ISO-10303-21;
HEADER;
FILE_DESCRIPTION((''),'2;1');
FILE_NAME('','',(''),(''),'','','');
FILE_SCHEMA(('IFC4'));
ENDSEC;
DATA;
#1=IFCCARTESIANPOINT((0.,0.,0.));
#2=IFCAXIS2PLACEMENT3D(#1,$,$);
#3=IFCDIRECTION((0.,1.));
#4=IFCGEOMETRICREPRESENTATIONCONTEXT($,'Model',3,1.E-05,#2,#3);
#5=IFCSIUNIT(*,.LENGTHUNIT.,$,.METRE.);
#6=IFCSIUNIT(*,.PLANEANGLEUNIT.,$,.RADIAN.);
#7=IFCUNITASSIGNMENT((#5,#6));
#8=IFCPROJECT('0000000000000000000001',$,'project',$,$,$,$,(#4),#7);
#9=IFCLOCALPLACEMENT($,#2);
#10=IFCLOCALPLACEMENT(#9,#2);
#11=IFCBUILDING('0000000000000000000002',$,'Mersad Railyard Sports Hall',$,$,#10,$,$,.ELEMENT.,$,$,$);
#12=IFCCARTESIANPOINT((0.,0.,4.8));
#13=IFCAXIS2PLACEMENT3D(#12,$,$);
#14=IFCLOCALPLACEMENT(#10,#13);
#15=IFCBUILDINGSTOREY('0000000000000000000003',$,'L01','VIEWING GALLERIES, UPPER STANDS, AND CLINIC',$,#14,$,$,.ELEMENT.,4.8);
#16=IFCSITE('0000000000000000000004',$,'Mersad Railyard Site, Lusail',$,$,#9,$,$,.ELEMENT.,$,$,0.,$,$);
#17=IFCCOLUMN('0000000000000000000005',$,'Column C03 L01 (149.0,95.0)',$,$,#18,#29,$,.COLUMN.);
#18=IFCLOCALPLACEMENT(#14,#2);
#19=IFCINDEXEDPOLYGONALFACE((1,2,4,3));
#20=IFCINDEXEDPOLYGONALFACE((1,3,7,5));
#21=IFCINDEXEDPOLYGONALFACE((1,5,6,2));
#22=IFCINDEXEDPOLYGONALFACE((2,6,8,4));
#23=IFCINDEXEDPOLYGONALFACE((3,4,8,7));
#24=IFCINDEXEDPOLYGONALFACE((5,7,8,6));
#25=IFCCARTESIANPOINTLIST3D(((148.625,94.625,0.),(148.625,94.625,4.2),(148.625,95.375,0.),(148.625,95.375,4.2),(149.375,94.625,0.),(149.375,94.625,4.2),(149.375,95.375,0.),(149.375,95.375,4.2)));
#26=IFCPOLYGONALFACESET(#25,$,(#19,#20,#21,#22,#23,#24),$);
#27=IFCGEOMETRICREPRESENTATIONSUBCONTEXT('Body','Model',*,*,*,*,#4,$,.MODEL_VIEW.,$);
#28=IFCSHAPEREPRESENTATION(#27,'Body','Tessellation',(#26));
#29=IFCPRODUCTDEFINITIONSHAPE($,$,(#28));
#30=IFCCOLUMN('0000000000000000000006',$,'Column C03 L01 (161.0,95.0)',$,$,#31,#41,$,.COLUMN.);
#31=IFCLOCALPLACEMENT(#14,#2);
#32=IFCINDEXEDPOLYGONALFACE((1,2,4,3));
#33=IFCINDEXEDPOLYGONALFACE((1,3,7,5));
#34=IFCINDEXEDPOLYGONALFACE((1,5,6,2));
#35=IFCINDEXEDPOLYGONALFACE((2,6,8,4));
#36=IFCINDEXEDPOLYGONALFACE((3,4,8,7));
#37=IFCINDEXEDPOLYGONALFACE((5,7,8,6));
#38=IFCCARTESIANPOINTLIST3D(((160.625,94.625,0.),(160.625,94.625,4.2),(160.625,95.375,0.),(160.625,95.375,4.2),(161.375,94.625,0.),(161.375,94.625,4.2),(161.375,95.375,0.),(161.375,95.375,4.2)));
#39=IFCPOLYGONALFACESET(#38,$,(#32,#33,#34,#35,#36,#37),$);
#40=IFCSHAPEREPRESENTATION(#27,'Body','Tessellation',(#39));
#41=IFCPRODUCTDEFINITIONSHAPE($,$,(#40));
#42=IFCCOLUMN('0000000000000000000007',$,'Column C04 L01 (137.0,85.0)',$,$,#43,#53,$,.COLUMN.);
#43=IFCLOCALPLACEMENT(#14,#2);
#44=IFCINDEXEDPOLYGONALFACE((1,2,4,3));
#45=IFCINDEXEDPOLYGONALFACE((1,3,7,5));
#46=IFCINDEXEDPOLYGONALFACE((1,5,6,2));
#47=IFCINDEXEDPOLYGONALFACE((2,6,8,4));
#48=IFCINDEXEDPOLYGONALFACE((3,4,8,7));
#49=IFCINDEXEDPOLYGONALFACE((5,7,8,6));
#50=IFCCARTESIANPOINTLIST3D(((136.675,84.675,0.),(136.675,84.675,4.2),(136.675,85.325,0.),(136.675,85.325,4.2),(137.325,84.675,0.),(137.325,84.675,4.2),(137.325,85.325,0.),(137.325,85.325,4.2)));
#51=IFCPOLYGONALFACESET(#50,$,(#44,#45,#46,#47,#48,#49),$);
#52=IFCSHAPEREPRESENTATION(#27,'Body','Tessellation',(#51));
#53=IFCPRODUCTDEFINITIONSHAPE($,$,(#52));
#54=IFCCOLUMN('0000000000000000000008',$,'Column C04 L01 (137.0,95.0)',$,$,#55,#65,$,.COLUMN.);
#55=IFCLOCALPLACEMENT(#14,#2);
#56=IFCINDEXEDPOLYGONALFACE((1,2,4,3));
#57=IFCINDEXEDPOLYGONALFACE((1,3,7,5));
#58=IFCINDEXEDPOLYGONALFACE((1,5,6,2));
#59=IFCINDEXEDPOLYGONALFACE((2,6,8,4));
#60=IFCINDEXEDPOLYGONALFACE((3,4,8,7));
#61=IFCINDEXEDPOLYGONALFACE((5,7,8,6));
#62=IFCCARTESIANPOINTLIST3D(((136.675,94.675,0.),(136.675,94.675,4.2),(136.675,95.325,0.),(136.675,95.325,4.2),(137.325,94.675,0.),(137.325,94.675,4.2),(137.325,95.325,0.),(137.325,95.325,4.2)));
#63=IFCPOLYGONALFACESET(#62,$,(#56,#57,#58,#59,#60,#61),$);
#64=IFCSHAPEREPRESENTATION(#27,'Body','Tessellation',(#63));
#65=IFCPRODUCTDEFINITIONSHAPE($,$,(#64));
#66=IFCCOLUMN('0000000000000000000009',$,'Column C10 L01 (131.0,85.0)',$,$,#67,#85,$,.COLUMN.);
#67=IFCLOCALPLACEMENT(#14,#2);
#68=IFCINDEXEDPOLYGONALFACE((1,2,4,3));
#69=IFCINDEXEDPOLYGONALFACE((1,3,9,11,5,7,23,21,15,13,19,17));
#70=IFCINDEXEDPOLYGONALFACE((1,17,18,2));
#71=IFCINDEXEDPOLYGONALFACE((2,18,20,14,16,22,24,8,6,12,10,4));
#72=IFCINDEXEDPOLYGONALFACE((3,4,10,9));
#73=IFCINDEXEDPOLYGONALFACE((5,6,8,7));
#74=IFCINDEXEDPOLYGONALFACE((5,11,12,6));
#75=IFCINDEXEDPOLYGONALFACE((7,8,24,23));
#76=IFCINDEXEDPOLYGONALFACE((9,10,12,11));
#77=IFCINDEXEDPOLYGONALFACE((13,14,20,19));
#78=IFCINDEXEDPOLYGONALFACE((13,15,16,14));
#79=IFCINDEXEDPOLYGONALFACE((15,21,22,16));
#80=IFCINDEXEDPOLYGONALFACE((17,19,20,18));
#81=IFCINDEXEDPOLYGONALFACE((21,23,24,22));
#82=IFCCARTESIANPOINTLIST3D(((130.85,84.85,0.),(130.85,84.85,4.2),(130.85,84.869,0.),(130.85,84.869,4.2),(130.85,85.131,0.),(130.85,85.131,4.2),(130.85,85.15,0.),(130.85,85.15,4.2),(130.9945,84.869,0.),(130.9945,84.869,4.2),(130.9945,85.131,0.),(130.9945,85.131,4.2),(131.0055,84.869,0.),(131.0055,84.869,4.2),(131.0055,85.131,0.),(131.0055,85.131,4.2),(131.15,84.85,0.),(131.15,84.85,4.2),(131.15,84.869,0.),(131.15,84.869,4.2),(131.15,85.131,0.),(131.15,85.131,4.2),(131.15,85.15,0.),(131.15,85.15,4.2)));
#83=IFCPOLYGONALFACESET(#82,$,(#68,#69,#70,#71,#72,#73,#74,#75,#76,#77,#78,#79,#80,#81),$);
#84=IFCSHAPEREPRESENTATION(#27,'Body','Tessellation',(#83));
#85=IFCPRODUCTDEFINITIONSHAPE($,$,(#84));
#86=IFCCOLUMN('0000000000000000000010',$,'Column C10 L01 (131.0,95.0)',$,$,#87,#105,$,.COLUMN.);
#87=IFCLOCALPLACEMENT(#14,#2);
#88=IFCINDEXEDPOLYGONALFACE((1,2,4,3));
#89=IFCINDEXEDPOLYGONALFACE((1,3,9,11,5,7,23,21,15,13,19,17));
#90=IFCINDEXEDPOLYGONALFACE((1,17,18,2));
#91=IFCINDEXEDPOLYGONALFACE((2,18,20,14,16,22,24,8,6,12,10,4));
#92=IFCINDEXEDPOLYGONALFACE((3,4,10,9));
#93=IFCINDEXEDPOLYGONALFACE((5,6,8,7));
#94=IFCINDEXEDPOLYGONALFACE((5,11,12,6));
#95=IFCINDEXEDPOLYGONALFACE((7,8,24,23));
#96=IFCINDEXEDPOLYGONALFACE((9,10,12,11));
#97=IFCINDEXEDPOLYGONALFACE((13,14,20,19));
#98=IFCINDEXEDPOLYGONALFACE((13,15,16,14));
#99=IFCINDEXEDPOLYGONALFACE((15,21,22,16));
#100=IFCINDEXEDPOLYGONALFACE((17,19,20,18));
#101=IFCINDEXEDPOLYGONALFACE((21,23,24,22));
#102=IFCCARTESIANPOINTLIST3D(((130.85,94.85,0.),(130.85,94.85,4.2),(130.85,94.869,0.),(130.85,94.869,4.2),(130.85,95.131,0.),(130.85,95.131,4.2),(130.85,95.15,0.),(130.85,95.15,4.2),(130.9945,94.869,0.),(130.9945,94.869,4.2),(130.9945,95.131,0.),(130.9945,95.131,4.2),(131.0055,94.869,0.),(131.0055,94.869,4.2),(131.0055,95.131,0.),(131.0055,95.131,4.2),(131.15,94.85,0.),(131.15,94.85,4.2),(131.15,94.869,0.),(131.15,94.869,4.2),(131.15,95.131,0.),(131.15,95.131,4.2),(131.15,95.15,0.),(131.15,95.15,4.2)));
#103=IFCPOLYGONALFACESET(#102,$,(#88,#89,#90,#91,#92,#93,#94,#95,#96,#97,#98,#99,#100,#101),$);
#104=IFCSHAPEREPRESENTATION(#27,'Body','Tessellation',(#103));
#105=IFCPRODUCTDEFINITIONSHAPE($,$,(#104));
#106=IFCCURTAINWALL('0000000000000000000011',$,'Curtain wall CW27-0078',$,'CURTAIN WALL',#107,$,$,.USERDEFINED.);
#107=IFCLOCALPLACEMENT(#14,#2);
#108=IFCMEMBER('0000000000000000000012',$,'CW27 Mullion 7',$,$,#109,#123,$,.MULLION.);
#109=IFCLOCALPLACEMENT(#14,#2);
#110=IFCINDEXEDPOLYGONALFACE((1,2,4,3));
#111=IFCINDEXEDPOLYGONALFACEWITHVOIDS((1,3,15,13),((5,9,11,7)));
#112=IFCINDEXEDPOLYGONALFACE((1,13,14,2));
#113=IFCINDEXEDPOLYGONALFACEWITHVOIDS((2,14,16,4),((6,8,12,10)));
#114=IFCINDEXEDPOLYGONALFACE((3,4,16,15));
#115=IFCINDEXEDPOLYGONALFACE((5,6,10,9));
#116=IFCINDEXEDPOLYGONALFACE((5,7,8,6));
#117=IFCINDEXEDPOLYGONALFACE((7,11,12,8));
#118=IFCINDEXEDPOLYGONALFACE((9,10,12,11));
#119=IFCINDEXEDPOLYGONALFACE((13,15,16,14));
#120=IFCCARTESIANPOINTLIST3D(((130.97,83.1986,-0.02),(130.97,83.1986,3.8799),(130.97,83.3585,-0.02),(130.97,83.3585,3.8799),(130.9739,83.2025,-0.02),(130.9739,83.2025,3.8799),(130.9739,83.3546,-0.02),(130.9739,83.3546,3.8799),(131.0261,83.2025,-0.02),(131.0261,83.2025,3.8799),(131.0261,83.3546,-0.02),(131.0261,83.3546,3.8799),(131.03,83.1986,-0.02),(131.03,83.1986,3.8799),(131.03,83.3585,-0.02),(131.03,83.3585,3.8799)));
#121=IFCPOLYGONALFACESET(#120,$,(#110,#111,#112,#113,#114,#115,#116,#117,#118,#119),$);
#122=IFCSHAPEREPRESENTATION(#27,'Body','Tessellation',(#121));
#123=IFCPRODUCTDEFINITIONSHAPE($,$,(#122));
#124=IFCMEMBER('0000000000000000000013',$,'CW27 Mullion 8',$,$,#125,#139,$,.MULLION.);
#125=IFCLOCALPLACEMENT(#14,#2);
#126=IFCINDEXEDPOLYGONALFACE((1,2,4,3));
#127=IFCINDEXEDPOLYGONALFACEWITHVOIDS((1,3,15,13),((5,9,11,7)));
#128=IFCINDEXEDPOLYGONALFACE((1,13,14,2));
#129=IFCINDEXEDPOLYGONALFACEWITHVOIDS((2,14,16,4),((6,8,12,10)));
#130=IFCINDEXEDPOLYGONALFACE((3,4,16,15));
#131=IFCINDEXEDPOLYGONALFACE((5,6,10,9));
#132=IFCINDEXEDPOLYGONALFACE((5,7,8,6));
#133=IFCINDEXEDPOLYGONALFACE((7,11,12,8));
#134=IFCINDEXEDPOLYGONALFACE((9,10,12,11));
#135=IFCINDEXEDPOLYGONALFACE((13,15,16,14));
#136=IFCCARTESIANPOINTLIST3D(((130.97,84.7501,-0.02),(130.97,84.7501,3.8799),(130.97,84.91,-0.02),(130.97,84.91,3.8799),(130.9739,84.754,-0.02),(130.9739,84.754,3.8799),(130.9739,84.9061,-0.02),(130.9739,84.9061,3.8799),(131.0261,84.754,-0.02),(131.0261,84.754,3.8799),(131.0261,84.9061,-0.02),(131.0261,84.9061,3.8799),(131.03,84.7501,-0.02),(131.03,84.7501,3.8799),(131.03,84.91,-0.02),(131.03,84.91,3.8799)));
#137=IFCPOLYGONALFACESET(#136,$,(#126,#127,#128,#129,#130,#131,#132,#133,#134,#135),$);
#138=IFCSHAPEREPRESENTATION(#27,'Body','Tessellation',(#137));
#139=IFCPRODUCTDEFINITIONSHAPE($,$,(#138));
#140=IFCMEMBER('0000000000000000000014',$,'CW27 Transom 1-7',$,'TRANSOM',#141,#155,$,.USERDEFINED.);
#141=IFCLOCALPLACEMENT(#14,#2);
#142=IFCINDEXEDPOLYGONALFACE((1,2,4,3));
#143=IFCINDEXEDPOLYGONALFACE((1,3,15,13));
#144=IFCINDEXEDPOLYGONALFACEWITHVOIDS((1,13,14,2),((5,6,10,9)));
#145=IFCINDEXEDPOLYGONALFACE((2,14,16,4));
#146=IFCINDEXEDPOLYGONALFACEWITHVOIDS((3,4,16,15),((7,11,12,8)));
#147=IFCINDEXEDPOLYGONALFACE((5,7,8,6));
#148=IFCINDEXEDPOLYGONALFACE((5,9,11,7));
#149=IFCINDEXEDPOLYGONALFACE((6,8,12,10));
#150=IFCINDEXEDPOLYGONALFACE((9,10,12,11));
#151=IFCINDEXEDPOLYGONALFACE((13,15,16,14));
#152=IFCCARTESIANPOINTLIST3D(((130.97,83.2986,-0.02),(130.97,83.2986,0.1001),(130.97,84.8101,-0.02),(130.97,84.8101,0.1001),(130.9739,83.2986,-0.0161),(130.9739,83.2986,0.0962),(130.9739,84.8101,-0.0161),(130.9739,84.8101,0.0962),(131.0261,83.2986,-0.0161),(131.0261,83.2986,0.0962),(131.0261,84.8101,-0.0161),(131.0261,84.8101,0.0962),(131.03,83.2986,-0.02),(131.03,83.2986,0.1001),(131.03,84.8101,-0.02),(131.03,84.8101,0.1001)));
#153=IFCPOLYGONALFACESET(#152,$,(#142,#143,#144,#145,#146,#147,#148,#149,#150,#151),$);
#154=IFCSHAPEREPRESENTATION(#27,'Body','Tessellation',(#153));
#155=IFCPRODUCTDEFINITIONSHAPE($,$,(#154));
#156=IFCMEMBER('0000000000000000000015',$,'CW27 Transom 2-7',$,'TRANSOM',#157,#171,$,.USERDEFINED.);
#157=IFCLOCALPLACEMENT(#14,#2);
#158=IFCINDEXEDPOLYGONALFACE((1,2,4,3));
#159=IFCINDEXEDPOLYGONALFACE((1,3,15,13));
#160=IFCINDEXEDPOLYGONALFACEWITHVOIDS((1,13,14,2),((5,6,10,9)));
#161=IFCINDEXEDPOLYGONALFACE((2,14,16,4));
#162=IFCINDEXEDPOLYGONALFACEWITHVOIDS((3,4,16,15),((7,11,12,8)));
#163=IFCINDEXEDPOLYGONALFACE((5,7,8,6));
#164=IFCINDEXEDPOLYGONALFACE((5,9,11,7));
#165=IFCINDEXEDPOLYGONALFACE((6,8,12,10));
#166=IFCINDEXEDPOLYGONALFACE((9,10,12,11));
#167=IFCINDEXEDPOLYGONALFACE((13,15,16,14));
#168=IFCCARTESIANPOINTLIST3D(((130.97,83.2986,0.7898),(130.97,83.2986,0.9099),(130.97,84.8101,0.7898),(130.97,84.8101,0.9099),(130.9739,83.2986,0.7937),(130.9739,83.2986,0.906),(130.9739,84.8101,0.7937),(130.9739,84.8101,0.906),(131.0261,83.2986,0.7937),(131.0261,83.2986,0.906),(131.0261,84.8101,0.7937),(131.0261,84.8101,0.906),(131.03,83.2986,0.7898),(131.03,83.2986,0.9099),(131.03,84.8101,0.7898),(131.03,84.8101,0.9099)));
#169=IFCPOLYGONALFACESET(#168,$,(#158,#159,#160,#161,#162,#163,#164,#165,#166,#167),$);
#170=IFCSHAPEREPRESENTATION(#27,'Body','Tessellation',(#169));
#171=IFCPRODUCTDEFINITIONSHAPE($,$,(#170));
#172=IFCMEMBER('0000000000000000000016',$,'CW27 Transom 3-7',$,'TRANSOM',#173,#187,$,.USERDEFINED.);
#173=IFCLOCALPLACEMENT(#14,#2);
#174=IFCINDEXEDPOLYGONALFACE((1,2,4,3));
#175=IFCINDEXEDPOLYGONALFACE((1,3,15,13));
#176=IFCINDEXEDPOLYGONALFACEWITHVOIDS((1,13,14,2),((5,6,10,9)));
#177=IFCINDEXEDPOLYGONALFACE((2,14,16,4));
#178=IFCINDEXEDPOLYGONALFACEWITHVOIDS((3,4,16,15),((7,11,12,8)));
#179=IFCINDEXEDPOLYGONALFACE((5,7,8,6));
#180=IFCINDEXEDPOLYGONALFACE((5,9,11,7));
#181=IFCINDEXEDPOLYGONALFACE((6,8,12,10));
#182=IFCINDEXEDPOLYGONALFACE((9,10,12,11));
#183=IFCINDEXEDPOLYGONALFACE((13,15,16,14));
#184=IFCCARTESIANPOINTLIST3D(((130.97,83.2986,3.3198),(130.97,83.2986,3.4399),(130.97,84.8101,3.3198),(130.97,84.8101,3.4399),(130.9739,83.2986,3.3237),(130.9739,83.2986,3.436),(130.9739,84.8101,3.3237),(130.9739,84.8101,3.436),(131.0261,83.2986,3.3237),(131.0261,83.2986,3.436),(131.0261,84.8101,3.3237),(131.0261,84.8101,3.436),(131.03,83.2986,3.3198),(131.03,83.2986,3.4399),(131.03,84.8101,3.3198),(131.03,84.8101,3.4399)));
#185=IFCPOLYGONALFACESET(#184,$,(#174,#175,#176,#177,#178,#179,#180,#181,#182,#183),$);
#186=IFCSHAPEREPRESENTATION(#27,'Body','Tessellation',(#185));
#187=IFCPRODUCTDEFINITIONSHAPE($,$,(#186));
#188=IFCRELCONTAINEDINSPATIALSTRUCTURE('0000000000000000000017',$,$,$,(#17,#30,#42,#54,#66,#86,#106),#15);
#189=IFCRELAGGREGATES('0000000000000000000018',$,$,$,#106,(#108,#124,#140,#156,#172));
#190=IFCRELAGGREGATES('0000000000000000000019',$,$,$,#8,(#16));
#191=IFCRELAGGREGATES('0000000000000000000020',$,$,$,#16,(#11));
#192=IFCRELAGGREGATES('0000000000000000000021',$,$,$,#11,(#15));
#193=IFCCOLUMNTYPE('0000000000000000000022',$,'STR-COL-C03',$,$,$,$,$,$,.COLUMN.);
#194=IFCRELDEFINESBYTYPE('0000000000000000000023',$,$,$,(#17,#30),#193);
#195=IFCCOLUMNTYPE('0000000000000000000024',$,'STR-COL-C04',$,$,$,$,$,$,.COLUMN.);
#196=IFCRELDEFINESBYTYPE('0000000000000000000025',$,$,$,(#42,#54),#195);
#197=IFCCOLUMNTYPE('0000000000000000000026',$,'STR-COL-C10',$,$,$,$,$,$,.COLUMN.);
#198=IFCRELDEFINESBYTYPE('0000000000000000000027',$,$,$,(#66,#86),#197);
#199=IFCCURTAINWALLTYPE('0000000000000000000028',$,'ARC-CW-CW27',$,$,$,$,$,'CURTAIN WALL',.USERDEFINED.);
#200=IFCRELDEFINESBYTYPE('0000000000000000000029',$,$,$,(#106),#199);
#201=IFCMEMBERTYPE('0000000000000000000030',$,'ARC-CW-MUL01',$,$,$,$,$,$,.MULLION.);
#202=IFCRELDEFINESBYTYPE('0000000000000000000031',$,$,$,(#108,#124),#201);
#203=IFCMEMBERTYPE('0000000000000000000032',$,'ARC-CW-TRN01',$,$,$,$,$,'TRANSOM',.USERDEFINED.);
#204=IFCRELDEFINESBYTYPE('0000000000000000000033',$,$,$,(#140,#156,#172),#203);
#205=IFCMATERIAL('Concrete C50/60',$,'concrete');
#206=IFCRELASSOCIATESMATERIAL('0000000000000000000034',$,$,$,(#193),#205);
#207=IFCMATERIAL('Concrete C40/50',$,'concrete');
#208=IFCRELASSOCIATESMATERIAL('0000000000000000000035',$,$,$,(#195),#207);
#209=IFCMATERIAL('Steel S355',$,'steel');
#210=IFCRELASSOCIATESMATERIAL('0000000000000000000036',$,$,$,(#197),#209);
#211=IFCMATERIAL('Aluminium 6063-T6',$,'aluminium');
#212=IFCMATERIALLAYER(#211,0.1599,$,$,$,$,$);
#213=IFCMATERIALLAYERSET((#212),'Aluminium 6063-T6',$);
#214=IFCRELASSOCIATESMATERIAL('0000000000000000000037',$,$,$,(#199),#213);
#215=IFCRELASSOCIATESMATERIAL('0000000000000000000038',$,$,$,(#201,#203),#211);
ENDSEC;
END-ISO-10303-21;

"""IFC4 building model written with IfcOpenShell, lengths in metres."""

from ifc_helpers import new_model, si_unit, direction, frame, origin, origin_2d, place, context, subcontext, project, spatial, rectangle, hollow_rectangle, i_section, extrude, material, layer, layer_set, material_profile, profile_set, type_object, element, aggregate, save


model = new_model("IFC4")

# Units and contexts
model_context = context("Model", 3, precision=1e-05, world=origin(), true_north=direction((0.0, 1.0)))
body_context = subcontext(model_context, "Body", "Model", "MODEL_VIEW")
ifc_project = project(units=[si_unit("LENGTHUNIT", "METRE"), si_unit("PLANEANGLEUNIT", "RADIAN")], contexts=[model_context])

# Site, building, storey
site_placement = place(None, origin())
site = spatial("IfcSite", under=ifc_project, at=site_placement, Name="Mersad Railyard Site, Lusail", CompositionType="ELEMENT", RefElevation=0.0)
building_placement = place(site_placement, origin())
building = spatial("IfcBuilding", under=site, at=building_placement, Name="Mersad Railyard Sports Hall", CompositionType="ELEMENT")
storey_placement = place(building_placement, frame((0.0, 0.0, 4.8)))
storey = spatial("IfcBuildingStorey", under=building, at=storey_placement, Name="L01", Description="VIEWING GALLERIES, UPPER STANDS, AND CLINIC", CompositionType="ELEMENT", Elevation=4.8)

# Columns
ifc_material_1 = material(Name="Concrete C50/60", Category="concrete")
ifc_material_profile_1 = material_profile(ifc_material_1, rectangle(XDim=0.75, YDim=0.75, at=origin_2d()), Name="RC 750x750")
ifc_profile_set_1 = profile_set([ifc_material_profile_1], Name="Concrete C50/60")
column_type_1 = type_object("IfcColumnType", Name="STR-COL-C03", PredefinedType="COLUMN", material=ifc_profile_set_1)
for number, where, z_axis, x_axis, name in (
    (1, (149.0, 95.0, 0.0), (0.0, 0.0, 1.0), (1.0, 0.0, 0.0), "Column C03 L01 (149.0,95.0)"),
    (2, (161.0, 95.0, 0.0), (0.0, 0.0, 1.0), (1.0, 0.0, 0.0), "Column C03 L01 (161.0,95.0)"),
):
    element("IfcColumn", number, at=place(storey_placement, frame(where, z_axis=z_axis, x_axis=x_axis)), inside=storey, type_object=column_type_1, Name=name, PredefinedType="COLUMN", context=body_context, shape_type="SweptSolid", body=[
        extrude(rectangle(XDim=0.75, YDim=0.75, at=origin_2d()), origin(), (0.0, 0.0, 1.0), 4.2),
    ])
ifc_material_2 = material(Name="Concrete C40/50", Category="concrete")
ifc_material_profile_2 = material_profile(ifc_material_2, rectangle(XDim=0.6499, YDim=0.6499, at=origin_2d()), Name="RC 650x650")
ifc_profile_set_2 = profile_set([ifc_material_profile_2], Name="Concrete C40/50")
column_type_2 = type_object("IfcColumnType", Name="STR-COL-C04", PredefinedType="COLUMN", material=ifc_profile_set_2)
for number, where, z_axis, x_axis, name in (
    (3, (137.0, 85.0, 0.0), (0.0, 0.0, 1.0), (1.0, 0.0, 0.0), "Column C04 L01 (137.0,85.0)"),
    (4, (137.0, 95.0, 0.0), (0.0, 0.0, 1.0), (1.0, 0.0, 0.0), "Column C04 L01 (137.0,95.0)"),
):
    element("IfcColumn", number, at=place(storey_placement, frame(where, z_axis=z_axis, x_axis=x_axis)), inside=storey, type_object=column_type_2, Name=name, PredefinedType="COLUMN", context=body_context, shape_type="SweptSolid", body=[
        extrude(rectangle(XDim=0.6499, YDim=0.6499, at=origin_2d()), origin(), (0.0, 0.0, 1.0), 4.2),
    ])
ifc_material_3 = material(Name="Steel S355", Category="steel")
ifc_material_profile_3 = material_profile(ifc_material_3, i_section(OverallWidth=0.3, OverallDepth=0.3, WebThickness=0.011, FlangeThickness=0.019, at=origin_2d()), Name="HEB 300")
ifc_profile_set_3 = profile_set([ifc_material_profile_3], Name="Steel S355")
column_type_3 = type_object("IfcColumnType", Name="STR-COL-C10", PredefinedType="COLUMN", material=ifc_profile_set_3)
for number, where, z_axis, x_axis, name in (
    (5, (131.0, 85.0, 0.0), (0.0, 0.0, 1.0), (1.0, 0.0, 0.0), "Column C10 L01 (131.0,85.0)"),
    (6, (131.0, 95.0, 0.0), (0.0, 0.0, 1.0), (1.0, 0.0, 0.0), "Column C10 L01 (131.0,95.0)"),
):
    element("IfcColumn", number, at=place(storey_placement, frame(where, z_axis=z_axis, x_axis=x_axis)), inside=storey, type_object=column_type_3, Name=name, PredefinedType="COLUMN", context=body_context, shape_type="SweptSolid", body=[
        extrude(i_section(OverallWidth=0.3, OverallDepth=0.3, WebThickness=0.011, FlangeThickness=0.019, at=origin_2d()), origin(), (0.0, 0.0, 1.0), 4.2),
    ])

# Curtain wall, members
ifc_material_4 = material(Name="Aluminium 6063-T6", Category="aluminium")
ifc_layer_1 = layer(ifc_material_4, 0.1599)
ifc_layer_set_1 = layer_set([ifc_layer_1], Name="Aluminium 6063-T6")
curtain_wall_type = type_object("IfcCurtainWallType", Name="ARC-CW-CW27", ElementType="CURTAIN WALL", PredefinedType="USERDEFINED", material=ifc_layer_set_1)
curtain_wall_placement = place(storey_placement, origin())
curtain_wall = element("IfcCurtainWall", 7, at=curtain_wall_placement, inside=storey, type_object=curtain_wall_type, Name="Curtain wall CW27-0078", ObjectType="CURTAIN WALL", PredefinedType="USERDEFINED")
ifc_material_profile_4 = material_profile(ifc_material_4, hollow_rectangle(XDim=0.0601, YDim=0.1599, WallThickness=0.0039, at=origin_2d()), Name="AL MULLION 60x160x4")
ifc_profile_set_4 = profile_set([ifc_material_profile_4], Name="Aluminium 6063-T6")
member_type_1 = type_object("IfcMemberType", Name="ARC-CW-MUL01", PredefinedType="MULLION", material=ifc_profile_set_4)
member_1_placement = place(storey_placement, frame((131.0, 83.2786, -0.02), z_axis=(0.0, 0.0, 1.0), x_axis=(1.0, 0.0, 0.0)))
member_1 = element("IfcMember", 8, at=member_1_placement, type_object=member_type_1, Name="CW27 Mullion 7", PredefinedType="MULLION", context=body_context, shape_type="SweptSolid", body=[
    extrude(hollow_rectangle(XDim=0.0601, YDim=0.1599, WallThickness=0.0039, at=origin_2d()), origin(), (0.0, 0.0, 1.0), 3.8999),
])
member_2_placement = place(storey_placement, frame((131.0, 84.8301, -0.02), z_axis=(0.0, 0.0, 1.0), x_axis=(1.0, 0.0, 0.0)))
member_2 = element("IfcMember", 9, at=member_2_placement, type_object=member_type_1, Name="CW27 Mullion 8", PredefinedType="MULLION", context=body_context, shape_type="SweptSolid", body=[
    extrude(hollow_rectangle(XDim=0.0601, YDim=0.1599, WallThickness=0.0039, at=origin_2d()), origin(), (0.0, 0.0, 1.0), 3.8999),
])
ifc_material_profile_5 = material_profile(ifc_material_4, hollow_rectangle(XDim=0.0601, YDim=0.1201, WallThickness=0.0039, at=origin_2d()), Name="AL TRANSOM 60x120x4")
ifc_profile_set_5 = profile_set([ifc_material_profile_5], Name="Aluminium 6063-T6")
member_type_2 = type_object("IfcMemberType", Name="ARC-CW-TRN01", ElementType="TRANSOM", PredefinedType="USERDEFINED", material=ifc_profile_set_5)
member_3_placement = place(storey_placement, frame((131.0, 83.2986, 0.04), z_axis=(0.0, 1.0, 0.0), x_axis=(-1.0, 0.0, 0.0)))
member_3 = element("IfcMember", 10, at=member_3_placement, type_object=member_type_2, Name="CW27 Transom 1-7", ObjectType="TRANSOM", PredefinedType="USERDEFINED", context=body_context, shape_type="SweptSolid", body=[
    extrude(hollow_rectangle(XDim=0.0601, YDim=0.1201, WallThickness=0.0039, at=origin_2d()), origin(), (0.0, 0.0, 1.0), 1.5115),
])
member_4_placement = place(storey_placement, frame((131.0, 83.2986, 0.8499), z_axis=(0.0, 1.0, 0.0), x_axis=(-1.0, 0.0, 0.0)))
member_4 = element("IfcMember", 11, at=member_4_placement, type_object=member_type_2, Name="CW27 Transom 2-7", ObjectType="TRANSOM", PredefinedType="USERDEFINED", context=body_context, shape_type="SweptSolid", body=[
    extrude(hollow_rectangle(XDim=0.0601, YDim=0.1201, WallThickness=0.0039, at=origin_2d()), origin(), (0.0, 0.0, 1.0), 1.5115),
])
member_5_placement = place(storey_placement, frame((131.0, 83.2986, 3.3799), z_axis=(0.0, 1.0, 0.0), x_axis=(-1.0, 0.0, 0.0)))
member_5 = element("IfcMember", 12, at=member_5_placement, type_object=member_type_2, Name="CW27 Transom 3-7", ObjectType="TRANSOM", PredefinedType="USERDEFINED", context=body_context, shape_type="SweptSolid", body=[
    extrude(hollow_rectangle(XDim=0.0601, YDim=0.1201, WallThickness=0.0039, at=origin_2d()), origin(), (0.0, 0.0, 1.0), 1.5115),
])

aggregate(curtain_wall, [member_1, member_2, member_3, member_4, member_5])

save(model, "model.ifc")
